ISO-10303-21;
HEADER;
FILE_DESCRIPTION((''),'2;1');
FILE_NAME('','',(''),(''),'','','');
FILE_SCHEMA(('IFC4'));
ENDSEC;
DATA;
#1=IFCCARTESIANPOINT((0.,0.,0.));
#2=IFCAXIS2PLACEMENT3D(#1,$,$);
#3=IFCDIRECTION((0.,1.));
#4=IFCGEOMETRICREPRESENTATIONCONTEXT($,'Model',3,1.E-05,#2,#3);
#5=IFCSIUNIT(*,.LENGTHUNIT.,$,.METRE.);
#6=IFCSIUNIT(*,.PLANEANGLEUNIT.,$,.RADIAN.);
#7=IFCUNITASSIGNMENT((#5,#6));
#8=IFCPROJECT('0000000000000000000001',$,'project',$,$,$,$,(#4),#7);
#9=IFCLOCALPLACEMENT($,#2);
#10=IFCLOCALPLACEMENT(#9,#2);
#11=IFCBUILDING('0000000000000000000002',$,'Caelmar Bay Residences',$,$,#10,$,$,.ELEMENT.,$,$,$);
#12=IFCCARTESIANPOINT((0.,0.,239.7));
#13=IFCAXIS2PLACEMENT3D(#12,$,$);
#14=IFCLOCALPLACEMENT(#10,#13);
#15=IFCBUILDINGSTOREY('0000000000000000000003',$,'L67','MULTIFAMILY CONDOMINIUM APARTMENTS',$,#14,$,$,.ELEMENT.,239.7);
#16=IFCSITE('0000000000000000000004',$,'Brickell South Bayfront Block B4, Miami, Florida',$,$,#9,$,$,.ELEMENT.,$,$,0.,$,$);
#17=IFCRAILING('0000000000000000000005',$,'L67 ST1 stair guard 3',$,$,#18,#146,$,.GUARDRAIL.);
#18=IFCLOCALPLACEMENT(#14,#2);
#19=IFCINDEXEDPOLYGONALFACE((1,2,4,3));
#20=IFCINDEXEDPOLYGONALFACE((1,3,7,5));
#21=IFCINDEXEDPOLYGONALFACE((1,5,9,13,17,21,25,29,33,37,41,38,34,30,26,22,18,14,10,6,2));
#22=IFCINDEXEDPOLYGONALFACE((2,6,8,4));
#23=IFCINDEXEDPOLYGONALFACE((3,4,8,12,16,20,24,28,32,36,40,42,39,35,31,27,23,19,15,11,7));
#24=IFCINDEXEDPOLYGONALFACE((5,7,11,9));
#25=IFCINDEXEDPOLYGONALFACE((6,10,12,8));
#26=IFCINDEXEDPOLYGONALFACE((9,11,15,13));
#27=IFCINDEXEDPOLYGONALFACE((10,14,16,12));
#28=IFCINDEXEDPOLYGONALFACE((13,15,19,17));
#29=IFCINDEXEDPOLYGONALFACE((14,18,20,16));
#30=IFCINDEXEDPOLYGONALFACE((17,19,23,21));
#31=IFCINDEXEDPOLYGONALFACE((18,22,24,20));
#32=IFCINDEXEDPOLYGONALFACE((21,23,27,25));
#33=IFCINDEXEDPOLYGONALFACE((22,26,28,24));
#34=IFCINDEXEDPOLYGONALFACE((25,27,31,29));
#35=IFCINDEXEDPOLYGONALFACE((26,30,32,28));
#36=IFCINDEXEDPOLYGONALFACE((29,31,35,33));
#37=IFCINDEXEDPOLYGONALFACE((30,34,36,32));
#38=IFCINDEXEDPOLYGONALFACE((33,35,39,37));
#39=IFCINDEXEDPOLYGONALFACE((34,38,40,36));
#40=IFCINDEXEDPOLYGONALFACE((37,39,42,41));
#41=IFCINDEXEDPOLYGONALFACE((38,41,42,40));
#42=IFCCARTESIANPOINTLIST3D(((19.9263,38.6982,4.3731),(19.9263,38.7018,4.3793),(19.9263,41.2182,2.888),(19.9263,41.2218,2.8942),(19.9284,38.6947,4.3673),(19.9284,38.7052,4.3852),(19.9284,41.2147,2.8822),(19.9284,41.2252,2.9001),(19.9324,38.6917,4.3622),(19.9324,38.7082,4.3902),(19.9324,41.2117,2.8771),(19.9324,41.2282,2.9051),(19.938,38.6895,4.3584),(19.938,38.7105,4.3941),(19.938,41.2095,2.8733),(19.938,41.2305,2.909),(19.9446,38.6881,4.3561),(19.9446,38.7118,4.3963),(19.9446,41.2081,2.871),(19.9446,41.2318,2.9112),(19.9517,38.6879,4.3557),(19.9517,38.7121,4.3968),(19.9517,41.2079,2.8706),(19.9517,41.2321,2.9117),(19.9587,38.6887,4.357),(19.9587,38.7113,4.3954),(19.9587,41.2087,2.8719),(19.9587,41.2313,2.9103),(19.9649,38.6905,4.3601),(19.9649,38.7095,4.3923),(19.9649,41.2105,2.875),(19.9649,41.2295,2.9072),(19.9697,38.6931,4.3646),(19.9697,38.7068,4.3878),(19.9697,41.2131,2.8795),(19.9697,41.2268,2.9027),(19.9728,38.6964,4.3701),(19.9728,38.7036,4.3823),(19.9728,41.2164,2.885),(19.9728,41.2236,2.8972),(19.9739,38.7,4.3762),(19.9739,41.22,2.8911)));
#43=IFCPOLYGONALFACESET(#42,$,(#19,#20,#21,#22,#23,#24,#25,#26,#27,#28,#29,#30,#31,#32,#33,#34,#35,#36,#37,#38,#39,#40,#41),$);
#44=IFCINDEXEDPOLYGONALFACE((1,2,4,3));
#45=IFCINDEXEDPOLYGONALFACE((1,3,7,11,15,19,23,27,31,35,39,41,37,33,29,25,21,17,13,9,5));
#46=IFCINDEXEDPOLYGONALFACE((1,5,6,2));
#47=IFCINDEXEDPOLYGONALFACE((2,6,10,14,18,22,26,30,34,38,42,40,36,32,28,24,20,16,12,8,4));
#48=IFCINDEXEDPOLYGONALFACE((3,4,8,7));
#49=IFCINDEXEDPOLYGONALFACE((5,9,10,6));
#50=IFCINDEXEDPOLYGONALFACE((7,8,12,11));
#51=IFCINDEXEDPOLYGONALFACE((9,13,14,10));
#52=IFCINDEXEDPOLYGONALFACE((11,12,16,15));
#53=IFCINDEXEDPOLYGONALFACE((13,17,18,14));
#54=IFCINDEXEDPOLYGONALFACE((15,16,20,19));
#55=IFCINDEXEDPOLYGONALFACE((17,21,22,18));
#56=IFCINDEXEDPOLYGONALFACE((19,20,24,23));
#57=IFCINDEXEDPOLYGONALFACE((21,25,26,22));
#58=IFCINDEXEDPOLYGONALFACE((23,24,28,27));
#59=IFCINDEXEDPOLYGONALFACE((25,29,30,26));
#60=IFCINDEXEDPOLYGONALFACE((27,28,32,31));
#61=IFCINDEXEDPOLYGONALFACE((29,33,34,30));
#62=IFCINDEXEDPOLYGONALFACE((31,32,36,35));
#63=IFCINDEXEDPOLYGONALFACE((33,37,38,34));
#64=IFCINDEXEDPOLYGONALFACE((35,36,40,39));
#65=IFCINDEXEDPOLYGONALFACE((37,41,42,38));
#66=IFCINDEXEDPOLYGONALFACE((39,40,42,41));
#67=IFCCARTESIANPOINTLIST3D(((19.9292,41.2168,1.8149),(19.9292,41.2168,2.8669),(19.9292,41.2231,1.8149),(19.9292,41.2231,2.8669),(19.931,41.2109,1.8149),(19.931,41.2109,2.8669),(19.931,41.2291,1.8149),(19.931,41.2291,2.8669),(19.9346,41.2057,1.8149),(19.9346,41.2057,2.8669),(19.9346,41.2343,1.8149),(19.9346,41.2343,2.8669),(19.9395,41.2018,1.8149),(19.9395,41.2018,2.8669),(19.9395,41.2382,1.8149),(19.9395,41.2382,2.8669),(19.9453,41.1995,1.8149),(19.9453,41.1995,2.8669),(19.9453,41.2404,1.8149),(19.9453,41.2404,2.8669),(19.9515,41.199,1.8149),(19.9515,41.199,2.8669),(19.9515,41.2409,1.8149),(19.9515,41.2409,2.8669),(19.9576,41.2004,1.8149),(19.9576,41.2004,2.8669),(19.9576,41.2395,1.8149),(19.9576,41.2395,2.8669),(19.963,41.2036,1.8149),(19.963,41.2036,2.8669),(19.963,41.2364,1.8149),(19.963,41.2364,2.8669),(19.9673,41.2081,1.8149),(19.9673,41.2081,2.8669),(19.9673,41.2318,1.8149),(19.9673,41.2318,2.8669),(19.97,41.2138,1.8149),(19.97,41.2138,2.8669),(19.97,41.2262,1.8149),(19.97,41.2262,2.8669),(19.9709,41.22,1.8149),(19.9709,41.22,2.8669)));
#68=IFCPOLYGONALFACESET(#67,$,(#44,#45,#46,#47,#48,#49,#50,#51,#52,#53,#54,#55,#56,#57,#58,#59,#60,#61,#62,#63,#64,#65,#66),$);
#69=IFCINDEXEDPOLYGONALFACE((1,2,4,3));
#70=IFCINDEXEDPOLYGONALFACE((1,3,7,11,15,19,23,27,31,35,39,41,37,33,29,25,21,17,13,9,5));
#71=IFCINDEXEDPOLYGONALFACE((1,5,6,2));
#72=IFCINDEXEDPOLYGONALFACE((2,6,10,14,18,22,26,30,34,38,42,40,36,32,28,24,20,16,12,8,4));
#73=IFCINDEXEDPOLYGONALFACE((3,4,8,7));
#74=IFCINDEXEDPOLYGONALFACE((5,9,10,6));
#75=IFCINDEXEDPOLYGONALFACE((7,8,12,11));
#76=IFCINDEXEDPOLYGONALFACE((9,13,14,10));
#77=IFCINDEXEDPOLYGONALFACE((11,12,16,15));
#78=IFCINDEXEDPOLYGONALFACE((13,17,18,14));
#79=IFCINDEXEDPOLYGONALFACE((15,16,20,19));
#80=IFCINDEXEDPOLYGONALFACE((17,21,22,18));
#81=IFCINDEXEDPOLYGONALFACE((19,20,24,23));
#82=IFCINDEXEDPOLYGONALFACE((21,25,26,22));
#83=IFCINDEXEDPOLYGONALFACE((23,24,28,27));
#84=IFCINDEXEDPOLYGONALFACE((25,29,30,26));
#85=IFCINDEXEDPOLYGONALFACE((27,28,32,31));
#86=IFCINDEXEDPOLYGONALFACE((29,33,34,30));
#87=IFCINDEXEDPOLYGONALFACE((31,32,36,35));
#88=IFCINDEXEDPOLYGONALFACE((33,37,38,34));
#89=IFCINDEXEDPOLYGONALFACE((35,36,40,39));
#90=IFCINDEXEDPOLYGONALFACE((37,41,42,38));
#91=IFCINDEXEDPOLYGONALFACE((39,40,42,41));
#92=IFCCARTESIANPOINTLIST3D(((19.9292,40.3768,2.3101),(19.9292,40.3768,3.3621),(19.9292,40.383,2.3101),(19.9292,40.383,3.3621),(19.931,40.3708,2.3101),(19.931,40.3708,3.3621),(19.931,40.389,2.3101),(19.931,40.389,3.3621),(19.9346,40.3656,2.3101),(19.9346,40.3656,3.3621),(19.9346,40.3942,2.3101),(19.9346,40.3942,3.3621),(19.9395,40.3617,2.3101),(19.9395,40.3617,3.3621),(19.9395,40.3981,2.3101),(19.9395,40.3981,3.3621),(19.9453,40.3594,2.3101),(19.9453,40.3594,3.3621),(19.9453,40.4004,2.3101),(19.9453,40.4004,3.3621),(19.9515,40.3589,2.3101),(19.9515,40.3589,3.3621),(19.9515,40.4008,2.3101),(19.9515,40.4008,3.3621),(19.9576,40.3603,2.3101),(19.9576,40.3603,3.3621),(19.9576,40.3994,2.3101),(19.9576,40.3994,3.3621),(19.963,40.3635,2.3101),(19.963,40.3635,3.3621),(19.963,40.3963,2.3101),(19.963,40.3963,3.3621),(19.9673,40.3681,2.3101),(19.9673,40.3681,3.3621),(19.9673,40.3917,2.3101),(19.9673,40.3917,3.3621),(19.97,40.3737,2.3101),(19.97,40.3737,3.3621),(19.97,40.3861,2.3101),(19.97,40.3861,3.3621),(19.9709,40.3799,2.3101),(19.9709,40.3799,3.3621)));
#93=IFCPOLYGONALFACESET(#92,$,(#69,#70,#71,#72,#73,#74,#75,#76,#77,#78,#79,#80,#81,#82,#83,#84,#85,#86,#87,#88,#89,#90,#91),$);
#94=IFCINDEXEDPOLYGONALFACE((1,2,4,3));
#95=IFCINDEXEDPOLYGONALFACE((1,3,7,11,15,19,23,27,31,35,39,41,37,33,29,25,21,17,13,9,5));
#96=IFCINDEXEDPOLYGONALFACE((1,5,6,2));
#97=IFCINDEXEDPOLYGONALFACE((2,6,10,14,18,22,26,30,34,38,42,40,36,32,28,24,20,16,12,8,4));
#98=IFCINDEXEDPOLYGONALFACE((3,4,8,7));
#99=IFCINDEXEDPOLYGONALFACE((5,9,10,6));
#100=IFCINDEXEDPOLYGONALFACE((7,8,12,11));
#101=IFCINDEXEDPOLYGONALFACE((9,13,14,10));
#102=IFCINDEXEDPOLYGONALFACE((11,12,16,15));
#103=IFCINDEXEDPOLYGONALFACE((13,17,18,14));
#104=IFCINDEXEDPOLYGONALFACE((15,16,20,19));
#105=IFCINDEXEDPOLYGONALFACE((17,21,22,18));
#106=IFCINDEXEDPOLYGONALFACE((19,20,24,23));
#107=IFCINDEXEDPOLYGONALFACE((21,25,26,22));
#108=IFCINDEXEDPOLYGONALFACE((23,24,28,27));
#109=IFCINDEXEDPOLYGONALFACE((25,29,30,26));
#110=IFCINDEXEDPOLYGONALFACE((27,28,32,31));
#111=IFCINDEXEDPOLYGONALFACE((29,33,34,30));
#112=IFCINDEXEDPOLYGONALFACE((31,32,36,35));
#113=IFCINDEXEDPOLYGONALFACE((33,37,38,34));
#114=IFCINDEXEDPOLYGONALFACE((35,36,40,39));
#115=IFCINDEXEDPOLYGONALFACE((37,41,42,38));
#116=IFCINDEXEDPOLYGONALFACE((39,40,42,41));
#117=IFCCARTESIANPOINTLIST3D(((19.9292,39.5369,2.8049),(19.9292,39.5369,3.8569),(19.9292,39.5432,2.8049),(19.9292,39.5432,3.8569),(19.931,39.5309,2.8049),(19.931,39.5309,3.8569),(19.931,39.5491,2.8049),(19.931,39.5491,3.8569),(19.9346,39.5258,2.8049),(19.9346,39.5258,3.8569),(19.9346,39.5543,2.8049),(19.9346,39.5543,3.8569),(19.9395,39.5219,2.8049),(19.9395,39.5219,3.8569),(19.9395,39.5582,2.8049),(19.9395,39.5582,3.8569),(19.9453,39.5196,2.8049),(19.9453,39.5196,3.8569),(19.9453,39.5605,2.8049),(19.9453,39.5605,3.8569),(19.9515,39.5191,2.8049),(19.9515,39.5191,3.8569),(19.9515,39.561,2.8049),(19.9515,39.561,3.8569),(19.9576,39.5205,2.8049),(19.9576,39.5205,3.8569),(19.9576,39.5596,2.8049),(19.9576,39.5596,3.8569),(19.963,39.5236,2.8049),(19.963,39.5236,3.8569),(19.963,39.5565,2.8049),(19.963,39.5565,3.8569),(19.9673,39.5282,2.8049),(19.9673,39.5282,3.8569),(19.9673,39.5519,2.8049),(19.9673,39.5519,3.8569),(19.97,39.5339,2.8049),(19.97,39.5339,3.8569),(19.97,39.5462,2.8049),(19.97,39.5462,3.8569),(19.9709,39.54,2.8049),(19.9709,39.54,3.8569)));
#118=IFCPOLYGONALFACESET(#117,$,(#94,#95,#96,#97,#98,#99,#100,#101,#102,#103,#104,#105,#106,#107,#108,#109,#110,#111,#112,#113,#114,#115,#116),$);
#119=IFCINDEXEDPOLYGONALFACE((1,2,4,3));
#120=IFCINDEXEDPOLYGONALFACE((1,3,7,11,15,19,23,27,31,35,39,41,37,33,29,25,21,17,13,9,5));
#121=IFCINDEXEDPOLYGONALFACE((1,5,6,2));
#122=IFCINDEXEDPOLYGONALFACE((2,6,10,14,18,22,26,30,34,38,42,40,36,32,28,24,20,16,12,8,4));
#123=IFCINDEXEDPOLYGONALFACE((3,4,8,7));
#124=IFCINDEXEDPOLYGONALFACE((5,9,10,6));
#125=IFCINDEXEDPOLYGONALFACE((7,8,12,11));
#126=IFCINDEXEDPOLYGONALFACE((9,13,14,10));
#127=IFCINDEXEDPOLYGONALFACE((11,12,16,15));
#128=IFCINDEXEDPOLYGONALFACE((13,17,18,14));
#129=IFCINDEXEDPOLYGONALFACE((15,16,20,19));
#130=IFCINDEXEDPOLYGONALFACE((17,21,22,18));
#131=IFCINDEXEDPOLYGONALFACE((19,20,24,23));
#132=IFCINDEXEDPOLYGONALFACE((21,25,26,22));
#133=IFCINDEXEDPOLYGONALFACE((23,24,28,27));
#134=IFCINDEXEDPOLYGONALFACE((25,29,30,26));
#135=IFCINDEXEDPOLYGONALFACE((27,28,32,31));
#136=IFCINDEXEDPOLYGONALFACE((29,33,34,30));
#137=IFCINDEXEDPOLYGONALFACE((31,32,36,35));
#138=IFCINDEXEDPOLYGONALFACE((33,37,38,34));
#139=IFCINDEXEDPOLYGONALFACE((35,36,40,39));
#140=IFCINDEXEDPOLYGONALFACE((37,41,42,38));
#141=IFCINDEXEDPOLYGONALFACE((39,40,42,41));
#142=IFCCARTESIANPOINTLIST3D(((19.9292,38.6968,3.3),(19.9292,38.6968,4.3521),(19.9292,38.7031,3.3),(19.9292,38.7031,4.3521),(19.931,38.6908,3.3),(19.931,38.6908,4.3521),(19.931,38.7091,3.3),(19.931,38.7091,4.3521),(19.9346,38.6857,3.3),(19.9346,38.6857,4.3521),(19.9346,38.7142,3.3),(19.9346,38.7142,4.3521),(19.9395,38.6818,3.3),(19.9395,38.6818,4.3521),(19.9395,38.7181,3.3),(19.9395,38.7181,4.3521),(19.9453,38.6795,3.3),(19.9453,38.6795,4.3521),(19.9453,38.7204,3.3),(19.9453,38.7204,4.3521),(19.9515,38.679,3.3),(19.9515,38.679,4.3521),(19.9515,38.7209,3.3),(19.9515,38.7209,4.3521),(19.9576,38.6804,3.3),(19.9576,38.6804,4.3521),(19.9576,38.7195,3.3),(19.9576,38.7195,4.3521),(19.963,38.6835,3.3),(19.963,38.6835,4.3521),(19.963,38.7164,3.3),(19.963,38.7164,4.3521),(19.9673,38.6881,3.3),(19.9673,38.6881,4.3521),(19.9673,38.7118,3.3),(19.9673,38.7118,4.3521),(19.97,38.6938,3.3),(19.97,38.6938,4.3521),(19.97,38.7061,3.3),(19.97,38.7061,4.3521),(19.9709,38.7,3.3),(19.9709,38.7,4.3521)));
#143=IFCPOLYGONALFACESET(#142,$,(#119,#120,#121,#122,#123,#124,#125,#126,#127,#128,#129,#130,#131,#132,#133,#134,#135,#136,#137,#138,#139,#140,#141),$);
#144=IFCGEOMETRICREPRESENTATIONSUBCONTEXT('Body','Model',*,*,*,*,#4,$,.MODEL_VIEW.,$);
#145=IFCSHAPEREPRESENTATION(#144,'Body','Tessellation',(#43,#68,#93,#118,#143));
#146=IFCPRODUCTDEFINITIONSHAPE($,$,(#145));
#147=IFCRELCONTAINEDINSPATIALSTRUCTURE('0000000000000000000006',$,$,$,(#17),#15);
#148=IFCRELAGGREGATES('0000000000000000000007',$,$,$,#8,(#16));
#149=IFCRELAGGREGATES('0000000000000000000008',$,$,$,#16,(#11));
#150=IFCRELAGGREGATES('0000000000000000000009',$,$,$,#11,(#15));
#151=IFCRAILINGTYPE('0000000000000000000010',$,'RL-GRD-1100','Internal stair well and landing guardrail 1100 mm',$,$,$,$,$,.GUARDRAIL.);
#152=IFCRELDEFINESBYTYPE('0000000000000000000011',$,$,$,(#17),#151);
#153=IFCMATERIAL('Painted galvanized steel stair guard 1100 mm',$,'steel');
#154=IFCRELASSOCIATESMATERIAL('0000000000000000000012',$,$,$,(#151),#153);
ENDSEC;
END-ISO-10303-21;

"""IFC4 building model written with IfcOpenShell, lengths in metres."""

from ifc_helpers import new_model, si_unit, direction, frame, origin, origin_2d, place, context, subcontext, project, spatial, circle, extrude, material, type_object, element, save


model = new_model("IFC4")

# Units and contexts
model_context = context("Model", 3, precision=1e-05, world=origin(), true_north=direction((0.0, 1.0)))
body_context = subcontext(model_context, "Body", "Model", "MODEL_VIEW")
ifc_project = project(units=[si_unit("LENGTHUNIT", "METRE"), si_unit("PLANEANGLEUNIT", "RADIAN")], contexts=[model_context])

# Site, building, storey
site_placement = place(None, origin())
site = spatial("IfcSite", under=ifc_project, at=site_placement, Name="Brickell South Bayfront Block B4, Miami, Florida", CompositionType="ELEMENT", RefElevation=0.0)
building_placement = place(site_placement, origin())
building = spatial("IfcBuilding", under=site, at=building_placement, Name="Caelmar Bay Residences", CompositionType="ELEMENT")
storey_placement = place(building_placement, frame((0.0, 0.0, 239.7)))
storey = spatial("IfcBuildingStorey", under=building, at=storey_placement, Name="L67", Description="MULTIFAMILY CONDOMINIUM APARTMENTS", CompositionType="ELEMENT", Elevation=239.7)

# Railing
ifc_material_1 = material(Name="Painted galvanized steel stair guard 1100 mm", Category="steel")
railing_type_1 = type_object("IfcRailingType", Name="RL-GRD-1100", Description="Internal stair well and landing guardrail 1100 mm", PredefinedType="GUARDRAIL", material=ifc_material_1)
railing_1_placement = place(storey_placement, frame((19.95, 41.22, 1.8149)))
element("IfcRailing", 1, at=railing_1_placement, inside=storey, type_object=railing_type_1, Name="L67 ST1 stair guard 3", PredefinedType="GUARDRAIL", context=body_context, shape_type="SweptSolid", body=[
    extrude(circle(Radius=0.0239, at=origin_2d()), frame((0.0, 0.0, 1.0762), z_axis=(0.0, -0.861524, 0.507717), x_axis=(1.0, 0.0, 0.0)), (0.0, 0.0, 1.0), 2.925),
    extrude(circle(Radius=0.021, at=origin_2d()), origin(), (0.0, 0.0, 1.0), 1.052),
    extrude(circle(Radius=0.021, at=origin_2d()), frame((0.0, -0.8401, 0.4951)), (0.0, 0.0, 1.0), 1.052),
    extrude(circle(Radius=0.021, at=origin_2d()), frame((0.0, -1.6799, 0.99)), (0.0, 0.0, 1.0), 1.052),
    extrude(circle(Radius=0.021, at=origin_2d()), frame((0.0, -2.52, 1.4851)), (0.0, 0.0, 1.0), 1.052),
])

save(model, "model.ifc")
